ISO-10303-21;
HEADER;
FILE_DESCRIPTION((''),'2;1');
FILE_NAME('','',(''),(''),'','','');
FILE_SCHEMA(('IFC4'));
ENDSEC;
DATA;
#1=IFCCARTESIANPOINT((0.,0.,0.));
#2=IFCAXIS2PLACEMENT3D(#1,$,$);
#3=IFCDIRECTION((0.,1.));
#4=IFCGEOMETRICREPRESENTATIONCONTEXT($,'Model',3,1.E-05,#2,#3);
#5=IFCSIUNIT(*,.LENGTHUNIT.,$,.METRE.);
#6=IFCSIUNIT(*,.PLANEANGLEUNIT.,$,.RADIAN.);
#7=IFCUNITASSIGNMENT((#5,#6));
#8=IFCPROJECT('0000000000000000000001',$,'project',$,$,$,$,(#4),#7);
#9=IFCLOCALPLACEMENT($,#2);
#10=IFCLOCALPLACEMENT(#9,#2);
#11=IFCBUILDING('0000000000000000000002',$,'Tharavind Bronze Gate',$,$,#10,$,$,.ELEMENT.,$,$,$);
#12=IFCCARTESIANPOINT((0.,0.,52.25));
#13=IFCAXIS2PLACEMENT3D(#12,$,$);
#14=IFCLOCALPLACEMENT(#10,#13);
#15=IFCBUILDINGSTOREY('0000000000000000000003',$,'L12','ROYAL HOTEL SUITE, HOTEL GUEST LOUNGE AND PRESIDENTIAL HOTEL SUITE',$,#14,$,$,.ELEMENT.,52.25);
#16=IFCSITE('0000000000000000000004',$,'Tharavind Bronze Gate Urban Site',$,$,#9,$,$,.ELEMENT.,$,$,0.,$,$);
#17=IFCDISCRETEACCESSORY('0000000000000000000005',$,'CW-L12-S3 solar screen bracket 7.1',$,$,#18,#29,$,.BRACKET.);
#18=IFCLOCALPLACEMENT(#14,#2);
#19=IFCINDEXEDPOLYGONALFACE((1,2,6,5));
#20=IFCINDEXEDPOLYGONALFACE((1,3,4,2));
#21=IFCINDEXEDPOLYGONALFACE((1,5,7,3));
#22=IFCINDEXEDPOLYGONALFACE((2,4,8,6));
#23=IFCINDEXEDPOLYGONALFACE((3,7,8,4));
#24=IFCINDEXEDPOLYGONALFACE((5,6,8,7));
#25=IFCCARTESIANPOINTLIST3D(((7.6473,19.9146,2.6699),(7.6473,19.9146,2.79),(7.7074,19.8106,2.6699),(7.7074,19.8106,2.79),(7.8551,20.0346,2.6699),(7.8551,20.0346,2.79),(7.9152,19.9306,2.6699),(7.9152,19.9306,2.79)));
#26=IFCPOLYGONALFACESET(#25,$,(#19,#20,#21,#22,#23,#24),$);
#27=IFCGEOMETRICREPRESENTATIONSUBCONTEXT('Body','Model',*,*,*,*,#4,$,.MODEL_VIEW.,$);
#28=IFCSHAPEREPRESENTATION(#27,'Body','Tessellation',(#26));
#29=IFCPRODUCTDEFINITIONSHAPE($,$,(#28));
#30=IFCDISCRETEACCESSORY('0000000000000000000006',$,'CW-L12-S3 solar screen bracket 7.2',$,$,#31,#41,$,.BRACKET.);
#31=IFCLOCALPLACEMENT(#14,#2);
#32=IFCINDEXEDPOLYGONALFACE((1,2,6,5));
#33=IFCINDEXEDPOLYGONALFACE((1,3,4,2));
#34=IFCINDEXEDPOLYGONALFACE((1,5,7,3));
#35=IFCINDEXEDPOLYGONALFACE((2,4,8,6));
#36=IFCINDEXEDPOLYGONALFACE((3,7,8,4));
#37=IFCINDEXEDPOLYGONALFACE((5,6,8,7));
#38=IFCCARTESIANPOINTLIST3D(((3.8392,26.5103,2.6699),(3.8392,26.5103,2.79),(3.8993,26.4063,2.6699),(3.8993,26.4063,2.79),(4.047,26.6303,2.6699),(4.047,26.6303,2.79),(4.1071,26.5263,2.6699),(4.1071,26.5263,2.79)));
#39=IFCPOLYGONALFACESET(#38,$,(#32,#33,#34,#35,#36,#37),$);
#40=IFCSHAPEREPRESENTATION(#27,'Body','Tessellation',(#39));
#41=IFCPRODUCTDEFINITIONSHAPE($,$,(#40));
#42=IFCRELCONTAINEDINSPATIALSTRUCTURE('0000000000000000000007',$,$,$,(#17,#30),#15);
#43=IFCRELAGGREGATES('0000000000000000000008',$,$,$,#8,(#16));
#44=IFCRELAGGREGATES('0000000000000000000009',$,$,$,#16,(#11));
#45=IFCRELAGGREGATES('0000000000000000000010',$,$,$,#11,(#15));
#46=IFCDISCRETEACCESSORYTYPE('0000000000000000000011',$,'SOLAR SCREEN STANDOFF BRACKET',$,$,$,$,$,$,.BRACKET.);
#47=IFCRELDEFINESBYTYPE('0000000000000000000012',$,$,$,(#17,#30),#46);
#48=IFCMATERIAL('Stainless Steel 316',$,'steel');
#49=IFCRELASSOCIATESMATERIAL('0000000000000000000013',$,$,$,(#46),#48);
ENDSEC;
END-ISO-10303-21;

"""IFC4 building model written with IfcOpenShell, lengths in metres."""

from ifc_helpers import new_model, si_unit, direction, frame, origin, origin_2d, place, context, subcontext, project, spatial, rectangle, extrude, material, type_object, element, save


model = new_model("IFC4")

# Units and contexts
model_context = context("Model", 3, precision=1e-05, world=origin(), true_north=direction((0.0, 1.0)))
body_context = subcontext(model_context, "Body", "Model", "MODEL_VIEW")
ifc_project = project(units=[si_unit("LENGTHUNIT", "METRE"), si_unit("PLANEANGLEUNIT", "RADIAN")], contexts=[model_context])

# Site, building, storey
site_placement = place(None, origin())
site = spatial("IfcSite", under=ifc_project, at=site_placement, Name="Tharavind Bronze Gate Urban Site", CompositionType="ELEMENT", RefElevation=0.0)
building_placement = place(site_placement, origin())
building = spatial("IfcBuilding", under=site, at=building_placement, Name="Tharavind Bronze Gate", CompositionType="ELEMENT")
storey_placement = place(building_placement, frame((0.0, 0.0, 52.25)))
storey = spatial("IfcBuildingStorey", under=building, at=storey_placement, Name="L12", Description="ROYAL HOTEL SUITE, HOTEL GUEST LOUNGE AND PRESIDENTIAL HOTEL SUITE", CompositionType="ELEMENT", Elevation=52.25)

# Discrete accessories
ifc_material_1 = material(Name="Stainless Steel 316", Category="steel")
discrete_accessory_type = type_object("IfcDiscreteAccessoryType", Name="SOLAR SCREEN STANDOFF BRACKET", PredefinedType="BRACKET", material=ifc_material_1)
for number, where, z_axis, x_axis, name in (
    (1, (7.7812, 19.9226, 2.6699), (0.0, 0.0, 1.0), (-0.500002, 0.866025, 0.0), "CW-L12-S3 solar screen bracket 7.1"),
    (2, (3.9731, 26.5183, 2.6699), (0.0, 0.0, 1.0), (-0.500002, 0.866025, 0.0), "CW-L12-S3 solar screen bracket 7.2"),
):
    element("IfcDiscreteAccessory", number, at=place(storey_placement, frame(where, z_axis=z_axis, x_axis=x_axis)), inside=storey, type_object=discrete_accessory_type, Name=name, PredefinedType="BRACKET", context=body_context, shape_type="SweptSolid", body=[
        extrude(rectangle(XDim=0.1201, YDim=0.24, at=origin_2d()), origin(), (0.0, 0.0, 1.0), 0.1201),
    ])

save(model, "model.ifc")
